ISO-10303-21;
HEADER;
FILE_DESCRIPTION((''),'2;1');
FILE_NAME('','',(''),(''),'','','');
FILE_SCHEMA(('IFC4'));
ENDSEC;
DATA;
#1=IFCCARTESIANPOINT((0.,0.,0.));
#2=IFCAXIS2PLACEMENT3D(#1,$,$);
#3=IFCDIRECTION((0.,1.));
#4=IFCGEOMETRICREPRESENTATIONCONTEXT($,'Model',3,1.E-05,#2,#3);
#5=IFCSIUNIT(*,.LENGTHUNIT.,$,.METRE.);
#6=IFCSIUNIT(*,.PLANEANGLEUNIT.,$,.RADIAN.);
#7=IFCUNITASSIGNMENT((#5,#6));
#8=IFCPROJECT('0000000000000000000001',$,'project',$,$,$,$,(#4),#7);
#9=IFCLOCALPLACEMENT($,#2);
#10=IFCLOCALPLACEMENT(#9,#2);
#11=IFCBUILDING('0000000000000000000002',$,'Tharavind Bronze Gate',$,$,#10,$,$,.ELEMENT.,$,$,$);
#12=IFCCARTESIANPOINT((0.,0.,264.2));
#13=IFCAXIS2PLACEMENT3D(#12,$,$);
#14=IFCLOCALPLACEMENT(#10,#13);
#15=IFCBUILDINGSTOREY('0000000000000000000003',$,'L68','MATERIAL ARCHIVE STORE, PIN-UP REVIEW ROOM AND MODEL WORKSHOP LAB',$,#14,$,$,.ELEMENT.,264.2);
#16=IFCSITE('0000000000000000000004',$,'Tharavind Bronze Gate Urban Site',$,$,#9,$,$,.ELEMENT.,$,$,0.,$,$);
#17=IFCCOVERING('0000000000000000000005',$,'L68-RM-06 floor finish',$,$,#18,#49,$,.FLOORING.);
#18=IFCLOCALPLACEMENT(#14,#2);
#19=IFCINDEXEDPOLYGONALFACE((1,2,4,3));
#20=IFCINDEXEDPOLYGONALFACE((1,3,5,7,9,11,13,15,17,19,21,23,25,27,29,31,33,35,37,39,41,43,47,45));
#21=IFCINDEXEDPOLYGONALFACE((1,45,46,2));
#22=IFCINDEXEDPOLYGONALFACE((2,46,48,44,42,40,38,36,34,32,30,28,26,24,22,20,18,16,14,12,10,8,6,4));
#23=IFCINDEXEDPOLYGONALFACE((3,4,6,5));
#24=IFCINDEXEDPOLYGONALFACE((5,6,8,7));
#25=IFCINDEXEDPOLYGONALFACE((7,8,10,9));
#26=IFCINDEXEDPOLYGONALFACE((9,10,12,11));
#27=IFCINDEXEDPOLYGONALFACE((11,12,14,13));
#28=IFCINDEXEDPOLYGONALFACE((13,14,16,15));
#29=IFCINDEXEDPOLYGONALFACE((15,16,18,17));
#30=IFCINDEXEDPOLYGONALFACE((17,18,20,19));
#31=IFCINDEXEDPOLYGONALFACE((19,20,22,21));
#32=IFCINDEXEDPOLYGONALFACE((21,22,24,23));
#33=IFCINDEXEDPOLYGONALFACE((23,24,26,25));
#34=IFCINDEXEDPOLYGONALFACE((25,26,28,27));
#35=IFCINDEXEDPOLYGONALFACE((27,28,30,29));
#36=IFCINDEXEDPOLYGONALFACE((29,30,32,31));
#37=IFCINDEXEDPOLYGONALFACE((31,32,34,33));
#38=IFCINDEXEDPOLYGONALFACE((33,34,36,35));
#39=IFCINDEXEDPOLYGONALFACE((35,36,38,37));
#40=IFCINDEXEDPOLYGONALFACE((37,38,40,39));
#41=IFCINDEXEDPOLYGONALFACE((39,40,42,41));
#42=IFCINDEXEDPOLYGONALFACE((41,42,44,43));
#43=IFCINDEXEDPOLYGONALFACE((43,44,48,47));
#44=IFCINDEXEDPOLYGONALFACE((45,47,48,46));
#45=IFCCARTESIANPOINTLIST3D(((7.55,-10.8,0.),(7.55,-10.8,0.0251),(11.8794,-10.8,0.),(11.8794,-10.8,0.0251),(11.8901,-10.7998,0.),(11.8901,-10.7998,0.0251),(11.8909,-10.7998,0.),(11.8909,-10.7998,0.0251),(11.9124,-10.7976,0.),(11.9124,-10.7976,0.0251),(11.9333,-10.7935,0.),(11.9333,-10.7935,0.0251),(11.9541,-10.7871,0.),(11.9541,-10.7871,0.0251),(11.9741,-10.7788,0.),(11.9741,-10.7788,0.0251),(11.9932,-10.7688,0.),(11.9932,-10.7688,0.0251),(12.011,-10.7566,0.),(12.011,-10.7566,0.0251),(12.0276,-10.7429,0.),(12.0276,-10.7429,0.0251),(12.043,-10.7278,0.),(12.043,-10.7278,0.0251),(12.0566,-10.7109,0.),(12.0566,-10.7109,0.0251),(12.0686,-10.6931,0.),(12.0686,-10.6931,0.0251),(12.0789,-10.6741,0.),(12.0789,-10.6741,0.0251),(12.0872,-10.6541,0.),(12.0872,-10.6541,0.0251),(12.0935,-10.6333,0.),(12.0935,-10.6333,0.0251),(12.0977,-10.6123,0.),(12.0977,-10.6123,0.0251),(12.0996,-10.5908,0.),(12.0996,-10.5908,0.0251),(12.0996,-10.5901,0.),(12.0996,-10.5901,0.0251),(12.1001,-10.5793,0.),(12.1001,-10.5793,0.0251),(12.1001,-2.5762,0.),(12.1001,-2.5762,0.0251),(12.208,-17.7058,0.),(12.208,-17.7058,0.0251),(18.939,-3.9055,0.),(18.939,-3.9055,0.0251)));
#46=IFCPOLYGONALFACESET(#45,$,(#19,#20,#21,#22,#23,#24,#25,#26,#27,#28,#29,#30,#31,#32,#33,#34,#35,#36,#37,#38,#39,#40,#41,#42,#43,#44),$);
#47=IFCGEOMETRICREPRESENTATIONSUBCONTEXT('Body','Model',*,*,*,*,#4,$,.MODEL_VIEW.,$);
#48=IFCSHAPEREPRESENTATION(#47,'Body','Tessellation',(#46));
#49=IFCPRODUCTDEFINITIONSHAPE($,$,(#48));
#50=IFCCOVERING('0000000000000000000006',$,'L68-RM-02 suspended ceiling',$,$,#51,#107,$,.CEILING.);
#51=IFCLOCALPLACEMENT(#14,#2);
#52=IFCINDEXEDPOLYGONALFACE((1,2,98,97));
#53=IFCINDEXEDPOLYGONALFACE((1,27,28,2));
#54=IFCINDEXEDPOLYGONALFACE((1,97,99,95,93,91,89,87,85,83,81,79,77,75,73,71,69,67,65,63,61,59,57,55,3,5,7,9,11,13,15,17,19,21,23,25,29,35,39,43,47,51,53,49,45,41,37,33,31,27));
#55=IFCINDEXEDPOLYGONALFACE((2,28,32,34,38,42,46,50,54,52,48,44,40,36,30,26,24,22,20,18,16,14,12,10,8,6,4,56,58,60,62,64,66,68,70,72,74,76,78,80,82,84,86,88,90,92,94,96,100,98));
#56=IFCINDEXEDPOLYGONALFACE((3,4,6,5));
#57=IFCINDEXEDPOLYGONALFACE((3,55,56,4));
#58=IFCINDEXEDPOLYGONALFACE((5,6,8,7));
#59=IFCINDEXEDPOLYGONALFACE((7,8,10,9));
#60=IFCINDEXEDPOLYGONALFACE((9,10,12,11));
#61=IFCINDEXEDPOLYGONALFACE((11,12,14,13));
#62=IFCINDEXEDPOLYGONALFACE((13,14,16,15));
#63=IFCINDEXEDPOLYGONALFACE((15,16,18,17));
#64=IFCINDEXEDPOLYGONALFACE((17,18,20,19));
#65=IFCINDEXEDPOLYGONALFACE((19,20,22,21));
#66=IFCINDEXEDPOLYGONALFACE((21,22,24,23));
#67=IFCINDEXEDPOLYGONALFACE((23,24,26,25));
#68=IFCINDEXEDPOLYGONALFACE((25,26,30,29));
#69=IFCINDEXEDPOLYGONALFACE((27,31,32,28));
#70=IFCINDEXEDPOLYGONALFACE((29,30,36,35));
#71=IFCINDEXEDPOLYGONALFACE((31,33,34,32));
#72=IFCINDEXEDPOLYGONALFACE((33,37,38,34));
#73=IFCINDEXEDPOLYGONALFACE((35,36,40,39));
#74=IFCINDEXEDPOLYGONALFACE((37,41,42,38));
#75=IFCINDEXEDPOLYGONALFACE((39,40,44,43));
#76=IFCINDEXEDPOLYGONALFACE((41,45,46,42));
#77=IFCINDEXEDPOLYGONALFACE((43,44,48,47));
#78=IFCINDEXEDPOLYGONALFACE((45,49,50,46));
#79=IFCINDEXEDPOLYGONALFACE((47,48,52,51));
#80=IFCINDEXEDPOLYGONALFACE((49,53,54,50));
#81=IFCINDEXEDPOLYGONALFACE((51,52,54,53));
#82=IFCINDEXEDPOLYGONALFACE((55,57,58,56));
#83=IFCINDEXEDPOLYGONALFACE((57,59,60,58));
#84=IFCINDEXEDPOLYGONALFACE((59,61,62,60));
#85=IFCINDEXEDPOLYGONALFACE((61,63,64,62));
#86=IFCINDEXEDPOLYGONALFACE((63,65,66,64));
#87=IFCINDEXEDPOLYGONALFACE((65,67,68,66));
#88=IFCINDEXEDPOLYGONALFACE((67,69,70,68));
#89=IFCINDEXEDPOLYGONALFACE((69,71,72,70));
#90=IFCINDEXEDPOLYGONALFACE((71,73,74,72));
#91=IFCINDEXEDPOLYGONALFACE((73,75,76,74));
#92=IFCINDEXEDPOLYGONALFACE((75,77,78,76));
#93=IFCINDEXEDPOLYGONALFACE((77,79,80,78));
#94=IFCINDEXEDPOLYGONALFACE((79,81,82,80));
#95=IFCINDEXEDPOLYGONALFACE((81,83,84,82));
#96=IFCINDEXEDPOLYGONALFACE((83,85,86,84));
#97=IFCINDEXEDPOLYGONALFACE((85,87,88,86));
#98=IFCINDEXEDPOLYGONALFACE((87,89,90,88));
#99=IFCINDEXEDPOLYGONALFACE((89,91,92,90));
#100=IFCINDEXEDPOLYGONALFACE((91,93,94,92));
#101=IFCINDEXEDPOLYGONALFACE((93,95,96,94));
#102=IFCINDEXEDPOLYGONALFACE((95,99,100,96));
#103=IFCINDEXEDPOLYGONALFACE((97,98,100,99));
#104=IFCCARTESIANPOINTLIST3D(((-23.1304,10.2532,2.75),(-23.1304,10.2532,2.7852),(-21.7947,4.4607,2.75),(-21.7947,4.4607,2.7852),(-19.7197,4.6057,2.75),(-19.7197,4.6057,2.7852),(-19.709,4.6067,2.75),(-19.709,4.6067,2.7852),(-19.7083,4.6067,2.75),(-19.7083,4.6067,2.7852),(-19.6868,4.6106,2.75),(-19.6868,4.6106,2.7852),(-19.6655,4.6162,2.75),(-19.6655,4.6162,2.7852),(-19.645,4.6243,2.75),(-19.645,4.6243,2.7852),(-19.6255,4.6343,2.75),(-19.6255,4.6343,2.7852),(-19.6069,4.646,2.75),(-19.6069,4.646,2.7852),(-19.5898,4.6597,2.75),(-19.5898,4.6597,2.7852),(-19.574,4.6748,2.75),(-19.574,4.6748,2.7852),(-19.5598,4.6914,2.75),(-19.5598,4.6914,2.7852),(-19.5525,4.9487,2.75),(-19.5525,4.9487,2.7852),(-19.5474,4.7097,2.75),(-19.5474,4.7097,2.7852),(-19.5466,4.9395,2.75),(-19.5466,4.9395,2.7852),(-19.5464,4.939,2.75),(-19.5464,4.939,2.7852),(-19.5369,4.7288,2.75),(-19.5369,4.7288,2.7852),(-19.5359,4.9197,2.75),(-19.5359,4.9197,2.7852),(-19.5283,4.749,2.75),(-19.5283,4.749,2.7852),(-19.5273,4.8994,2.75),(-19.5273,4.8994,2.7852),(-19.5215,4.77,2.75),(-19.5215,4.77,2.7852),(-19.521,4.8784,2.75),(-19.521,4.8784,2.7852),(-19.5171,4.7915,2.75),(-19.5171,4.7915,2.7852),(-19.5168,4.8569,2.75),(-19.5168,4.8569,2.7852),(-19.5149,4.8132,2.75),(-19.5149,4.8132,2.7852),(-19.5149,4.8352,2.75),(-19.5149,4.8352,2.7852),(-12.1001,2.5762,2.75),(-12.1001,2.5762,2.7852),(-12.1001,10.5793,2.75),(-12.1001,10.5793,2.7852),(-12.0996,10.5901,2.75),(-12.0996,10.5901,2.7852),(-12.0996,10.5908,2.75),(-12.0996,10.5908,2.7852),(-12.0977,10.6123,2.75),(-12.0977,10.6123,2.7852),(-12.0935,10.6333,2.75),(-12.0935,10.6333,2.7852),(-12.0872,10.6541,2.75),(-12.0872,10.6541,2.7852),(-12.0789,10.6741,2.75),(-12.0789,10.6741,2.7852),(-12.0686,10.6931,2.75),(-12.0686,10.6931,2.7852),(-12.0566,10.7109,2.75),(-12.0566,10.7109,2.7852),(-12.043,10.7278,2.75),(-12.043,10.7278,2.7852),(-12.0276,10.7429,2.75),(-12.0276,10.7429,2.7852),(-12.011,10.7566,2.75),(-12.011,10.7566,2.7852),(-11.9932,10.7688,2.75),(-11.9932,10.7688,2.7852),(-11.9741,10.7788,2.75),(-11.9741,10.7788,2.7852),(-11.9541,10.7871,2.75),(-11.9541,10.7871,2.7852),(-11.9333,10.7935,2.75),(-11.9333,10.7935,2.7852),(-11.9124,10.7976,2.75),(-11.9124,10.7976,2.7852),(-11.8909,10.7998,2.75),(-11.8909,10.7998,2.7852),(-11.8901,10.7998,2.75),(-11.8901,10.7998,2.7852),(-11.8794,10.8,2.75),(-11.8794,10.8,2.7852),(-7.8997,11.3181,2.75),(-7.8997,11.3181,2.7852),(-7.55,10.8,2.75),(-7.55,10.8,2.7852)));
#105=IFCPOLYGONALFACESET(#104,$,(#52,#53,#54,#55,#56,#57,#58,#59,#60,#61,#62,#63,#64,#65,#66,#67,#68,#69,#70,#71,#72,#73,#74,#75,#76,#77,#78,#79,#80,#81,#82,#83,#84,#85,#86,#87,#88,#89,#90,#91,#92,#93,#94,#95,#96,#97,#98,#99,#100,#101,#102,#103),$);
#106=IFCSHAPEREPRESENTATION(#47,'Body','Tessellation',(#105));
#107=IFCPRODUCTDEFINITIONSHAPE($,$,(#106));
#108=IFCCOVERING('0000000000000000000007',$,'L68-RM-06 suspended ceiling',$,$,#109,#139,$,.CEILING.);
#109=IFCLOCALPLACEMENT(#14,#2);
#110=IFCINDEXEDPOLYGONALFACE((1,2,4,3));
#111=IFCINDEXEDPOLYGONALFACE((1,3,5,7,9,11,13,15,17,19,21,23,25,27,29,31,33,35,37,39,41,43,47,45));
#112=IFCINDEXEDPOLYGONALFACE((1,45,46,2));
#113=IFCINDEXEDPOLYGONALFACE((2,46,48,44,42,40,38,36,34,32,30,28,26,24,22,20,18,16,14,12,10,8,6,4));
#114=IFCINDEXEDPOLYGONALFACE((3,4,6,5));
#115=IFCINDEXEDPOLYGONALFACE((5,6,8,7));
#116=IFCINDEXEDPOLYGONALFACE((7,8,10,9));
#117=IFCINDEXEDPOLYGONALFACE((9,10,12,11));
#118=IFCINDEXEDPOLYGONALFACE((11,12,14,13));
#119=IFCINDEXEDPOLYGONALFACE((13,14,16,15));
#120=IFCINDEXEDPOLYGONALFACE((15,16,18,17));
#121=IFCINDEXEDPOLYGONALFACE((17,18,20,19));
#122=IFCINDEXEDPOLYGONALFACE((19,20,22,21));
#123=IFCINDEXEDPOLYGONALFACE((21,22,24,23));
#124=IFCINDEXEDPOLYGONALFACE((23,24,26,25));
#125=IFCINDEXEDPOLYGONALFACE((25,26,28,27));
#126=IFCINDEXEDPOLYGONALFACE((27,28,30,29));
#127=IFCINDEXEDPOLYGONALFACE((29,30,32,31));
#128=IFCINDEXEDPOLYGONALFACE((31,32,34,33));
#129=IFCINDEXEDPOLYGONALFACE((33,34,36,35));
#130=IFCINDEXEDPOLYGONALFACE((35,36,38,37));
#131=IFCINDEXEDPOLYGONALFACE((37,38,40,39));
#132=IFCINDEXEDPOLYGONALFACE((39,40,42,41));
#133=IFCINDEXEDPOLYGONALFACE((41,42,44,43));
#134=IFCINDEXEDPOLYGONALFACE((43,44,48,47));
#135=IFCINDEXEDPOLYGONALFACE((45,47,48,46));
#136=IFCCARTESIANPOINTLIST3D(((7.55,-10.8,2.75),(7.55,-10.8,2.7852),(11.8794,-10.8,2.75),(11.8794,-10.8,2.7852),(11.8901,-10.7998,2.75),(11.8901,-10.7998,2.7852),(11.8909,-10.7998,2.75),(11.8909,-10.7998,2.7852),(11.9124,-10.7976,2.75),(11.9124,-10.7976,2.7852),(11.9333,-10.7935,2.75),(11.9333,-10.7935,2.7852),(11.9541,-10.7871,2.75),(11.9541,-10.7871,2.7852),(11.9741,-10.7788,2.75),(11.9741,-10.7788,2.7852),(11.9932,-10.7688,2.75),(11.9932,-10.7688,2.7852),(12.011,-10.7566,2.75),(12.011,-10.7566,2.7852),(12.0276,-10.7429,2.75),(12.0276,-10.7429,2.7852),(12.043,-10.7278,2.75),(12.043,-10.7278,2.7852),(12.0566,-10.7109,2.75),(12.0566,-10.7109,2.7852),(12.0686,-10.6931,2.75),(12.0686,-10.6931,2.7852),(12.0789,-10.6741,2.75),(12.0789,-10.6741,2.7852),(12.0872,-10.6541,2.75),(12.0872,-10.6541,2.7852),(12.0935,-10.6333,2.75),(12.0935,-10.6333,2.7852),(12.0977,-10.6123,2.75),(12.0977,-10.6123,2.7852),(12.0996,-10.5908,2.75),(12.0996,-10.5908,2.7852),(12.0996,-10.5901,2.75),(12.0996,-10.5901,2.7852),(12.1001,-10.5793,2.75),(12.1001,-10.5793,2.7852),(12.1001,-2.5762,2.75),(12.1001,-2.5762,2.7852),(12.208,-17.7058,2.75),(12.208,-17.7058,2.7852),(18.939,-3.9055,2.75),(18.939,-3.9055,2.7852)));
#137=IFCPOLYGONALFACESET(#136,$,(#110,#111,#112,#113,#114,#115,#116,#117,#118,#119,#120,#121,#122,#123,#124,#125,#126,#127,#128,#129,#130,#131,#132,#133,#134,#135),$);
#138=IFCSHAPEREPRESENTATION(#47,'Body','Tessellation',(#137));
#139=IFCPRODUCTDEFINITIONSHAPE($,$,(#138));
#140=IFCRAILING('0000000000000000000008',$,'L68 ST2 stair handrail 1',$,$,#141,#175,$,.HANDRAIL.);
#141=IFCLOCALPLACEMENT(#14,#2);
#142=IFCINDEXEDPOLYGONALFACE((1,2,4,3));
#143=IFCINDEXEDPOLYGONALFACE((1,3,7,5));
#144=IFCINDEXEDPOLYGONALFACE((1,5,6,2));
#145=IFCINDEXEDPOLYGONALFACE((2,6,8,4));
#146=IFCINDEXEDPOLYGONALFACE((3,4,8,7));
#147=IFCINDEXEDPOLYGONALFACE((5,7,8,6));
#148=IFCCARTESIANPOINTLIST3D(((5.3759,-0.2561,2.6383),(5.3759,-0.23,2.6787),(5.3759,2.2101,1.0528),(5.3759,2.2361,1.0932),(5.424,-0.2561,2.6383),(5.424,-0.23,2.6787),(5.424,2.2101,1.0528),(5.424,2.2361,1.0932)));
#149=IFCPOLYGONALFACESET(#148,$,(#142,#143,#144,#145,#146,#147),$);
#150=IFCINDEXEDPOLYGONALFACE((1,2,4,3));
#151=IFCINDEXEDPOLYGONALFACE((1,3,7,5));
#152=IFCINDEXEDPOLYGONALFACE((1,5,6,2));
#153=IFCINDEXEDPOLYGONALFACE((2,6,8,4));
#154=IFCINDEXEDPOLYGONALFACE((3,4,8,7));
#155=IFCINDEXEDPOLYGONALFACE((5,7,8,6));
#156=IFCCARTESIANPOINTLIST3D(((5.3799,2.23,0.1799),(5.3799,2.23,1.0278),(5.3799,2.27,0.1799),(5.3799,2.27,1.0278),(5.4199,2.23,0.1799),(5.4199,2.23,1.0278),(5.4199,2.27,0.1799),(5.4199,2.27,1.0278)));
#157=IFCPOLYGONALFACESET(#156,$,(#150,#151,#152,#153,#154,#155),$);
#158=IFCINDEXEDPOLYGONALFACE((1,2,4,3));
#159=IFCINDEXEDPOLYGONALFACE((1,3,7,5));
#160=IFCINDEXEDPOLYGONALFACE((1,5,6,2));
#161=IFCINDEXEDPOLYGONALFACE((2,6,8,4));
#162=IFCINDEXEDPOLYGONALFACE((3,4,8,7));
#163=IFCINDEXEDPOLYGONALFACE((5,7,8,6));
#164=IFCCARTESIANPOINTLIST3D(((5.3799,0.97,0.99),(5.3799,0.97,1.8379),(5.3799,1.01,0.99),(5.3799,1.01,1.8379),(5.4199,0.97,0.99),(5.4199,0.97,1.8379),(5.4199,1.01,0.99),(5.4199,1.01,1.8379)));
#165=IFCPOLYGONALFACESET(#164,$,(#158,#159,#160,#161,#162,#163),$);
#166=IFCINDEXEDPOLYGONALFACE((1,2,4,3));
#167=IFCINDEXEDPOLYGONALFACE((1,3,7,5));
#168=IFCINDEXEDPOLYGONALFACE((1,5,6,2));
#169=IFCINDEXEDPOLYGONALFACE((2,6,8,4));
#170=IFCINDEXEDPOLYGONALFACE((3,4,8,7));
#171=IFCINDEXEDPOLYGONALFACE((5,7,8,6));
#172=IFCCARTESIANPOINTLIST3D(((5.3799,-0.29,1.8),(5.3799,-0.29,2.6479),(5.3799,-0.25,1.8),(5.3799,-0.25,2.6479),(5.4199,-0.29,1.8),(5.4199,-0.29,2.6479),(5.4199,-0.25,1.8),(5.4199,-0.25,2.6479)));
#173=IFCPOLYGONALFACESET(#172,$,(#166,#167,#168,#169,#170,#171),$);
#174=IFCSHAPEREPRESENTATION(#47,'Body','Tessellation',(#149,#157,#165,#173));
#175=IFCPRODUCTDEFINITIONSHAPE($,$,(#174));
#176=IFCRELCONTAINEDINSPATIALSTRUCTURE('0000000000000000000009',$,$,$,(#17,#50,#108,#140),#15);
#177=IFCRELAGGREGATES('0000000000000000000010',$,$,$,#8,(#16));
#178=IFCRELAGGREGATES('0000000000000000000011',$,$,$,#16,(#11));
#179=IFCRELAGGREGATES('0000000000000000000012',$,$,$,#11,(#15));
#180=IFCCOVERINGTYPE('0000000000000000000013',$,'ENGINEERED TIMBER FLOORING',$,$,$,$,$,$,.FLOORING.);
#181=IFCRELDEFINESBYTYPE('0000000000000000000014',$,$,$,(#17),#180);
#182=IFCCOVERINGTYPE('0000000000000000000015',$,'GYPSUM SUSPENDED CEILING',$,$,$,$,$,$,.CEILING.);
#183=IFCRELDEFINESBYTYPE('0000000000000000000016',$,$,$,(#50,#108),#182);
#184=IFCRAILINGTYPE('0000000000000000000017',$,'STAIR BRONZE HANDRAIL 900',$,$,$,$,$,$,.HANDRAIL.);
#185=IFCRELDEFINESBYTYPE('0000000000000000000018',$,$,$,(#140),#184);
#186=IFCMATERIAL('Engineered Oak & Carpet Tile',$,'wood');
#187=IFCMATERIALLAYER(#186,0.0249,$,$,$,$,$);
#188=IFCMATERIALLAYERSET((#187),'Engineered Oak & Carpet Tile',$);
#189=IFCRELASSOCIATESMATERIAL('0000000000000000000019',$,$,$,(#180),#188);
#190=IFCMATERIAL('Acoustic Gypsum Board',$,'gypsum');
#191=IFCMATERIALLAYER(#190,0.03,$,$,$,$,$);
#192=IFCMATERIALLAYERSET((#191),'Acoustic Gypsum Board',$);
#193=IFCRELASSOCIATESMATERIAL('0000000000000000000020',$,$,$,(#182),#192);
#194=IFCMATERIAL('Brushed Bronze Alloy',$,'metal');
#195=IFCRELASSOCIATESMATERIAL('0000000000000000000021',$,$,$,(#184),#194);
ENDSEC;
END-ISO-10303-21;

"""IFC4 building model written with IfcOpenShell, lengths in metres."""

from ifc_helpers import new_model, si_unit, direction, frame, origin, origin_2d, place, context, subcontext, project, spatial, polyline, rectangle, outline, extrude, material, layer, layer_set, type_object, element, save


model = new_model("IFC4")

# Units and contexts
model_context = context("Model", 3, precision=1e-05, world=origin(), true_north=direction((0.0, 1.0)))
body_context = subcontext(model_context, "Body", "Model", "MODEL_VIEW")
ifc_project = project(units=[si_unit("LENGTHUNIT", "METRE"), si_unit("PLANEANGLEUNIT", "RADIAN")], contexts=[model_context])

# Site, building, storey
site_placement = place(None, origin())
site = spatial("IfcSite", under=ifc_project, at=site_placement, Name="Tharavind Bronze Gate Urban Site", CompositionType="ELEMENT", RefElevation=0.0)
building_placement = place(site_placement, origin())
building = spatial("IfcBuilding", under=site, at=building_placement, Name="Tharavind Bronze Gate", CompositionType="ELEMENT")
storey_placement = place(building_placement, frame((0.0, 0.0, 264.2)))
storey = spatial("IfcBuildingStorey", under=building, at=storey_placement, Name="L68", Description="MATERIAL ARCHIVE STORE, PIN-UP REVIEW ROOM AND MODEL WORKSHOP LAB", CompositionType="ELEMENT", Elevation=264.2)

# Coverings
ifc_material_1 = material(Name="Engineered Oak & Carpet Tile", Category="wood")
ifc_layer_1 = layer(ifc_material_1, 0.0249)
ifc_layer_set_1 = layer_set([ifc_layer_1], Name="Engineered Oak & Carpet Tile")
covering_type_1 = type_object("IfcCoveringType", Name="ENGINEERED TIMBER FLOORING", PredefinedType="FLOORING", material=ifc_layer_set_1)
covering_1_placement = place(storey_placement, origin())
element("IfcCovering", 1, at=covering_1_placement, inside=storey, type_object=covering_type_1, Name="L68-RM-06 floor finish", PredefinedType="FLOORING", context=body_context, shape_type="SweptSolid", body=[
    extrude(outline(polyline([(12.208, -17.7058), (18.939, -3.9055), (12.1001, -2.5762), (12.1001, -10.5793), (12.0996, -10.5901), (12.0996, -10.5908), (12.0977, -10.6123), (12.0935, -10.6333), (12.0872, -10.6541), (12.0789, -10.6741), (12.0686, -10.6931), (12.0566, -10.7109), (12.043, -10.7278), (12.0276, -10.7429), (12.011, -10.7566), (11.9932, -10.7688), (11.9741, -10.7788), (11.9541, -10.7871), (11.9333, -10.7935), (11.9124, -10.7976), (11.8909, -10.7998), (11.8901, -10.7998), (11.8794, -10.8), (7.55, -10.8), (12.208, -17.7058)])), origin(), (0.0, 0.0, 1.0), 0.0251),
])
ifc_material_2 = material(Name="Acoustic Gypsum Board", Category="gypsum")
ifc_layer_2 = layer(ifc_material_2, 0.03)
ifc_layer_set_2 = layer_set([ifc_layer_2], Name="Acoustic Gypsum Board")
covering_type_2 = type_object("IfcCoveringType", Name="GYPSUM SUSPENDED CEILING", PredefinedType="CEILING", material=ifc_layer_set_2)
covering_2_placement = place(storey_placement, frame((0.0, 0.0, 2.75)))
element("IfcCovering", 2, at=covering_2_placement, inside=storey, type_object=covering_type_2, Name="L68-RM-02 suspended ceiling", PredefinedType="CEILING", context=body_context, shape_type="SweptSolid", body=[
    extrude(outline(polyline([(-19.5525, 4.9487), (-19.5466, 4.9395), (-19.5464, 4.939), (-19.5359, 4.9197), (-19.5273, 4.8994), (-19.521, 4.8784), (-19.5168, 4.8569), (-19.5149, 4.8352), (-19.5149, 4.8132), (-19.5171, 4.7915), (-19.5215, 4.77), (-19.5283, 4.749), (-19.5369, 4.7288), (-19.5474, 4.7097), (-19.5598, 4.6914), (-19.574, 4.6748), (-19.5898, 4.6597), (-19.6069, 4.646), (-19.6255, 4.6343), (-19.645, 4.6243), (-19.6655, 4.6162), (-19.6868, 4.6106), (-19.7083, 4.6067), (-19.709, 4.6067), (-19.7197, 4.6057), (-21.7947, 4.4607), (-12.1001, 2.5762), (-12.1001, 10.5793), (-12.0996, 10.5901), (-12.0996, 10.5908), (-12.0977, 10.6123), (-12.0935, 10.6333), (-12.0872, 10.6541), (-12.0789, 10.6741), (-12.0686, 10.6931), (-12.0566, 10.7109), (-12.043, 10.7278), (-12.0276, 10.7429), (-12.011, 10.7566), (-11.9932, 10.7688), (-11.9741, 10.7788), (-11.9541, 10.7871), (-11.9333, 10.7935), (-11.9124, 10.7976), (-11.8909, 10.7998), (-11.8901, 10.7998), (-11.8794, 10.8), (-7.55, 10.8), (-7.8997, 11.3181), (-23.1304, 10.2532), (-19.5525, 4.9487)])), origin(), (0.0, 0.0, 1.0), 0.0352),
])
covering_3_placement = place(storey_placement, frame((0.0, 0.0, 2.75)))
element("IfcCovering", 3, at=covering_3_placement, inside=storey, type_object=covering_type_2, Name="L68-RM-06 suspended ceiling", PredefinedType="CEILING", context=body_context, shape_type="SweptSolid", body=[
    extrude(outline(polyline([(12.208, -17.7058), (18.939, -3.9055), (12.1001, -2.5762), (12.1001, -10.5793), (12.0996, -10.5901), (12.0996, -10.5908), (12.0977, -10.6123), (12.0935, -10.6333), (12.0872, -10.6541), (12.0789, -10.6741), (12.0686, -10.6931), (12.0566, -10.7109), (12.043, -10.7278), (12.0276, -10.7429), (12.011, -10.7566), (11.9932, -10.7688), (11.9741, -10.7788), (11.9541, -10.7871), (11.9333, -10.7935), (11.9124, -10.7976), (11.8909, -10.7998), (11.8901, -10.7998), (11.8794, -10.8), (7.55, -10.8), (12.208, -17.7058)])), origin(), (0.0, 0.0, 1.0), 0.0352),
])

# Railing
ifc_material_3 = material(Name="Brushed Bronze Alloy", Category="metal")
railing_type_1 = type_object("IfcRailingType", Name="STAIR BRONZE HANDRAIL 900", PredefinedType="HANDRAIL", material=ifc_material_3)
railing_1_placement = place(storey_placement, frame((5.3999, 2.25, 0.1799)))
element("IfcRailing", 4, at=railing_1_placement, inside=storey, type_object=railing_type_1, Name="L68 ST2 stair handrail 1", PredefinedType="HANDRAIL", context=body_context, shape_type="SweptSolid", body=[
    extrude(rectangle(XDim=0.0481, YDim=0.0481, at=origin_2d()), frame((0.0, -0.0269, 0.8931), z_axis=(0.0, -0.841163, 0.540782), x_axis=(1.0, 0.0, 0.0)), (0.0, 0.0, 1.0), 2.9319),
    extrude(rectangle(XDim=0.04, YDim=0.04, at=origin_2d()), origin(), (0.0, 0.0, 1.0), 0.8479),
    extrude(rectangle(XDim=0.04, YDim=0.04, at=origin_2d()), frame((0.0, -1.26, 0.8101)), (0.0, 0.0, 1.0), 0.8479),
    extrude(rectangle(XDim=0.04, YDim=0.04, at=origin_2d()), frame((0.0, -2.52, 1.6201)), (0.0, 0.0, 1.0), 0.8479),
])

save(model, "model.ifc")
